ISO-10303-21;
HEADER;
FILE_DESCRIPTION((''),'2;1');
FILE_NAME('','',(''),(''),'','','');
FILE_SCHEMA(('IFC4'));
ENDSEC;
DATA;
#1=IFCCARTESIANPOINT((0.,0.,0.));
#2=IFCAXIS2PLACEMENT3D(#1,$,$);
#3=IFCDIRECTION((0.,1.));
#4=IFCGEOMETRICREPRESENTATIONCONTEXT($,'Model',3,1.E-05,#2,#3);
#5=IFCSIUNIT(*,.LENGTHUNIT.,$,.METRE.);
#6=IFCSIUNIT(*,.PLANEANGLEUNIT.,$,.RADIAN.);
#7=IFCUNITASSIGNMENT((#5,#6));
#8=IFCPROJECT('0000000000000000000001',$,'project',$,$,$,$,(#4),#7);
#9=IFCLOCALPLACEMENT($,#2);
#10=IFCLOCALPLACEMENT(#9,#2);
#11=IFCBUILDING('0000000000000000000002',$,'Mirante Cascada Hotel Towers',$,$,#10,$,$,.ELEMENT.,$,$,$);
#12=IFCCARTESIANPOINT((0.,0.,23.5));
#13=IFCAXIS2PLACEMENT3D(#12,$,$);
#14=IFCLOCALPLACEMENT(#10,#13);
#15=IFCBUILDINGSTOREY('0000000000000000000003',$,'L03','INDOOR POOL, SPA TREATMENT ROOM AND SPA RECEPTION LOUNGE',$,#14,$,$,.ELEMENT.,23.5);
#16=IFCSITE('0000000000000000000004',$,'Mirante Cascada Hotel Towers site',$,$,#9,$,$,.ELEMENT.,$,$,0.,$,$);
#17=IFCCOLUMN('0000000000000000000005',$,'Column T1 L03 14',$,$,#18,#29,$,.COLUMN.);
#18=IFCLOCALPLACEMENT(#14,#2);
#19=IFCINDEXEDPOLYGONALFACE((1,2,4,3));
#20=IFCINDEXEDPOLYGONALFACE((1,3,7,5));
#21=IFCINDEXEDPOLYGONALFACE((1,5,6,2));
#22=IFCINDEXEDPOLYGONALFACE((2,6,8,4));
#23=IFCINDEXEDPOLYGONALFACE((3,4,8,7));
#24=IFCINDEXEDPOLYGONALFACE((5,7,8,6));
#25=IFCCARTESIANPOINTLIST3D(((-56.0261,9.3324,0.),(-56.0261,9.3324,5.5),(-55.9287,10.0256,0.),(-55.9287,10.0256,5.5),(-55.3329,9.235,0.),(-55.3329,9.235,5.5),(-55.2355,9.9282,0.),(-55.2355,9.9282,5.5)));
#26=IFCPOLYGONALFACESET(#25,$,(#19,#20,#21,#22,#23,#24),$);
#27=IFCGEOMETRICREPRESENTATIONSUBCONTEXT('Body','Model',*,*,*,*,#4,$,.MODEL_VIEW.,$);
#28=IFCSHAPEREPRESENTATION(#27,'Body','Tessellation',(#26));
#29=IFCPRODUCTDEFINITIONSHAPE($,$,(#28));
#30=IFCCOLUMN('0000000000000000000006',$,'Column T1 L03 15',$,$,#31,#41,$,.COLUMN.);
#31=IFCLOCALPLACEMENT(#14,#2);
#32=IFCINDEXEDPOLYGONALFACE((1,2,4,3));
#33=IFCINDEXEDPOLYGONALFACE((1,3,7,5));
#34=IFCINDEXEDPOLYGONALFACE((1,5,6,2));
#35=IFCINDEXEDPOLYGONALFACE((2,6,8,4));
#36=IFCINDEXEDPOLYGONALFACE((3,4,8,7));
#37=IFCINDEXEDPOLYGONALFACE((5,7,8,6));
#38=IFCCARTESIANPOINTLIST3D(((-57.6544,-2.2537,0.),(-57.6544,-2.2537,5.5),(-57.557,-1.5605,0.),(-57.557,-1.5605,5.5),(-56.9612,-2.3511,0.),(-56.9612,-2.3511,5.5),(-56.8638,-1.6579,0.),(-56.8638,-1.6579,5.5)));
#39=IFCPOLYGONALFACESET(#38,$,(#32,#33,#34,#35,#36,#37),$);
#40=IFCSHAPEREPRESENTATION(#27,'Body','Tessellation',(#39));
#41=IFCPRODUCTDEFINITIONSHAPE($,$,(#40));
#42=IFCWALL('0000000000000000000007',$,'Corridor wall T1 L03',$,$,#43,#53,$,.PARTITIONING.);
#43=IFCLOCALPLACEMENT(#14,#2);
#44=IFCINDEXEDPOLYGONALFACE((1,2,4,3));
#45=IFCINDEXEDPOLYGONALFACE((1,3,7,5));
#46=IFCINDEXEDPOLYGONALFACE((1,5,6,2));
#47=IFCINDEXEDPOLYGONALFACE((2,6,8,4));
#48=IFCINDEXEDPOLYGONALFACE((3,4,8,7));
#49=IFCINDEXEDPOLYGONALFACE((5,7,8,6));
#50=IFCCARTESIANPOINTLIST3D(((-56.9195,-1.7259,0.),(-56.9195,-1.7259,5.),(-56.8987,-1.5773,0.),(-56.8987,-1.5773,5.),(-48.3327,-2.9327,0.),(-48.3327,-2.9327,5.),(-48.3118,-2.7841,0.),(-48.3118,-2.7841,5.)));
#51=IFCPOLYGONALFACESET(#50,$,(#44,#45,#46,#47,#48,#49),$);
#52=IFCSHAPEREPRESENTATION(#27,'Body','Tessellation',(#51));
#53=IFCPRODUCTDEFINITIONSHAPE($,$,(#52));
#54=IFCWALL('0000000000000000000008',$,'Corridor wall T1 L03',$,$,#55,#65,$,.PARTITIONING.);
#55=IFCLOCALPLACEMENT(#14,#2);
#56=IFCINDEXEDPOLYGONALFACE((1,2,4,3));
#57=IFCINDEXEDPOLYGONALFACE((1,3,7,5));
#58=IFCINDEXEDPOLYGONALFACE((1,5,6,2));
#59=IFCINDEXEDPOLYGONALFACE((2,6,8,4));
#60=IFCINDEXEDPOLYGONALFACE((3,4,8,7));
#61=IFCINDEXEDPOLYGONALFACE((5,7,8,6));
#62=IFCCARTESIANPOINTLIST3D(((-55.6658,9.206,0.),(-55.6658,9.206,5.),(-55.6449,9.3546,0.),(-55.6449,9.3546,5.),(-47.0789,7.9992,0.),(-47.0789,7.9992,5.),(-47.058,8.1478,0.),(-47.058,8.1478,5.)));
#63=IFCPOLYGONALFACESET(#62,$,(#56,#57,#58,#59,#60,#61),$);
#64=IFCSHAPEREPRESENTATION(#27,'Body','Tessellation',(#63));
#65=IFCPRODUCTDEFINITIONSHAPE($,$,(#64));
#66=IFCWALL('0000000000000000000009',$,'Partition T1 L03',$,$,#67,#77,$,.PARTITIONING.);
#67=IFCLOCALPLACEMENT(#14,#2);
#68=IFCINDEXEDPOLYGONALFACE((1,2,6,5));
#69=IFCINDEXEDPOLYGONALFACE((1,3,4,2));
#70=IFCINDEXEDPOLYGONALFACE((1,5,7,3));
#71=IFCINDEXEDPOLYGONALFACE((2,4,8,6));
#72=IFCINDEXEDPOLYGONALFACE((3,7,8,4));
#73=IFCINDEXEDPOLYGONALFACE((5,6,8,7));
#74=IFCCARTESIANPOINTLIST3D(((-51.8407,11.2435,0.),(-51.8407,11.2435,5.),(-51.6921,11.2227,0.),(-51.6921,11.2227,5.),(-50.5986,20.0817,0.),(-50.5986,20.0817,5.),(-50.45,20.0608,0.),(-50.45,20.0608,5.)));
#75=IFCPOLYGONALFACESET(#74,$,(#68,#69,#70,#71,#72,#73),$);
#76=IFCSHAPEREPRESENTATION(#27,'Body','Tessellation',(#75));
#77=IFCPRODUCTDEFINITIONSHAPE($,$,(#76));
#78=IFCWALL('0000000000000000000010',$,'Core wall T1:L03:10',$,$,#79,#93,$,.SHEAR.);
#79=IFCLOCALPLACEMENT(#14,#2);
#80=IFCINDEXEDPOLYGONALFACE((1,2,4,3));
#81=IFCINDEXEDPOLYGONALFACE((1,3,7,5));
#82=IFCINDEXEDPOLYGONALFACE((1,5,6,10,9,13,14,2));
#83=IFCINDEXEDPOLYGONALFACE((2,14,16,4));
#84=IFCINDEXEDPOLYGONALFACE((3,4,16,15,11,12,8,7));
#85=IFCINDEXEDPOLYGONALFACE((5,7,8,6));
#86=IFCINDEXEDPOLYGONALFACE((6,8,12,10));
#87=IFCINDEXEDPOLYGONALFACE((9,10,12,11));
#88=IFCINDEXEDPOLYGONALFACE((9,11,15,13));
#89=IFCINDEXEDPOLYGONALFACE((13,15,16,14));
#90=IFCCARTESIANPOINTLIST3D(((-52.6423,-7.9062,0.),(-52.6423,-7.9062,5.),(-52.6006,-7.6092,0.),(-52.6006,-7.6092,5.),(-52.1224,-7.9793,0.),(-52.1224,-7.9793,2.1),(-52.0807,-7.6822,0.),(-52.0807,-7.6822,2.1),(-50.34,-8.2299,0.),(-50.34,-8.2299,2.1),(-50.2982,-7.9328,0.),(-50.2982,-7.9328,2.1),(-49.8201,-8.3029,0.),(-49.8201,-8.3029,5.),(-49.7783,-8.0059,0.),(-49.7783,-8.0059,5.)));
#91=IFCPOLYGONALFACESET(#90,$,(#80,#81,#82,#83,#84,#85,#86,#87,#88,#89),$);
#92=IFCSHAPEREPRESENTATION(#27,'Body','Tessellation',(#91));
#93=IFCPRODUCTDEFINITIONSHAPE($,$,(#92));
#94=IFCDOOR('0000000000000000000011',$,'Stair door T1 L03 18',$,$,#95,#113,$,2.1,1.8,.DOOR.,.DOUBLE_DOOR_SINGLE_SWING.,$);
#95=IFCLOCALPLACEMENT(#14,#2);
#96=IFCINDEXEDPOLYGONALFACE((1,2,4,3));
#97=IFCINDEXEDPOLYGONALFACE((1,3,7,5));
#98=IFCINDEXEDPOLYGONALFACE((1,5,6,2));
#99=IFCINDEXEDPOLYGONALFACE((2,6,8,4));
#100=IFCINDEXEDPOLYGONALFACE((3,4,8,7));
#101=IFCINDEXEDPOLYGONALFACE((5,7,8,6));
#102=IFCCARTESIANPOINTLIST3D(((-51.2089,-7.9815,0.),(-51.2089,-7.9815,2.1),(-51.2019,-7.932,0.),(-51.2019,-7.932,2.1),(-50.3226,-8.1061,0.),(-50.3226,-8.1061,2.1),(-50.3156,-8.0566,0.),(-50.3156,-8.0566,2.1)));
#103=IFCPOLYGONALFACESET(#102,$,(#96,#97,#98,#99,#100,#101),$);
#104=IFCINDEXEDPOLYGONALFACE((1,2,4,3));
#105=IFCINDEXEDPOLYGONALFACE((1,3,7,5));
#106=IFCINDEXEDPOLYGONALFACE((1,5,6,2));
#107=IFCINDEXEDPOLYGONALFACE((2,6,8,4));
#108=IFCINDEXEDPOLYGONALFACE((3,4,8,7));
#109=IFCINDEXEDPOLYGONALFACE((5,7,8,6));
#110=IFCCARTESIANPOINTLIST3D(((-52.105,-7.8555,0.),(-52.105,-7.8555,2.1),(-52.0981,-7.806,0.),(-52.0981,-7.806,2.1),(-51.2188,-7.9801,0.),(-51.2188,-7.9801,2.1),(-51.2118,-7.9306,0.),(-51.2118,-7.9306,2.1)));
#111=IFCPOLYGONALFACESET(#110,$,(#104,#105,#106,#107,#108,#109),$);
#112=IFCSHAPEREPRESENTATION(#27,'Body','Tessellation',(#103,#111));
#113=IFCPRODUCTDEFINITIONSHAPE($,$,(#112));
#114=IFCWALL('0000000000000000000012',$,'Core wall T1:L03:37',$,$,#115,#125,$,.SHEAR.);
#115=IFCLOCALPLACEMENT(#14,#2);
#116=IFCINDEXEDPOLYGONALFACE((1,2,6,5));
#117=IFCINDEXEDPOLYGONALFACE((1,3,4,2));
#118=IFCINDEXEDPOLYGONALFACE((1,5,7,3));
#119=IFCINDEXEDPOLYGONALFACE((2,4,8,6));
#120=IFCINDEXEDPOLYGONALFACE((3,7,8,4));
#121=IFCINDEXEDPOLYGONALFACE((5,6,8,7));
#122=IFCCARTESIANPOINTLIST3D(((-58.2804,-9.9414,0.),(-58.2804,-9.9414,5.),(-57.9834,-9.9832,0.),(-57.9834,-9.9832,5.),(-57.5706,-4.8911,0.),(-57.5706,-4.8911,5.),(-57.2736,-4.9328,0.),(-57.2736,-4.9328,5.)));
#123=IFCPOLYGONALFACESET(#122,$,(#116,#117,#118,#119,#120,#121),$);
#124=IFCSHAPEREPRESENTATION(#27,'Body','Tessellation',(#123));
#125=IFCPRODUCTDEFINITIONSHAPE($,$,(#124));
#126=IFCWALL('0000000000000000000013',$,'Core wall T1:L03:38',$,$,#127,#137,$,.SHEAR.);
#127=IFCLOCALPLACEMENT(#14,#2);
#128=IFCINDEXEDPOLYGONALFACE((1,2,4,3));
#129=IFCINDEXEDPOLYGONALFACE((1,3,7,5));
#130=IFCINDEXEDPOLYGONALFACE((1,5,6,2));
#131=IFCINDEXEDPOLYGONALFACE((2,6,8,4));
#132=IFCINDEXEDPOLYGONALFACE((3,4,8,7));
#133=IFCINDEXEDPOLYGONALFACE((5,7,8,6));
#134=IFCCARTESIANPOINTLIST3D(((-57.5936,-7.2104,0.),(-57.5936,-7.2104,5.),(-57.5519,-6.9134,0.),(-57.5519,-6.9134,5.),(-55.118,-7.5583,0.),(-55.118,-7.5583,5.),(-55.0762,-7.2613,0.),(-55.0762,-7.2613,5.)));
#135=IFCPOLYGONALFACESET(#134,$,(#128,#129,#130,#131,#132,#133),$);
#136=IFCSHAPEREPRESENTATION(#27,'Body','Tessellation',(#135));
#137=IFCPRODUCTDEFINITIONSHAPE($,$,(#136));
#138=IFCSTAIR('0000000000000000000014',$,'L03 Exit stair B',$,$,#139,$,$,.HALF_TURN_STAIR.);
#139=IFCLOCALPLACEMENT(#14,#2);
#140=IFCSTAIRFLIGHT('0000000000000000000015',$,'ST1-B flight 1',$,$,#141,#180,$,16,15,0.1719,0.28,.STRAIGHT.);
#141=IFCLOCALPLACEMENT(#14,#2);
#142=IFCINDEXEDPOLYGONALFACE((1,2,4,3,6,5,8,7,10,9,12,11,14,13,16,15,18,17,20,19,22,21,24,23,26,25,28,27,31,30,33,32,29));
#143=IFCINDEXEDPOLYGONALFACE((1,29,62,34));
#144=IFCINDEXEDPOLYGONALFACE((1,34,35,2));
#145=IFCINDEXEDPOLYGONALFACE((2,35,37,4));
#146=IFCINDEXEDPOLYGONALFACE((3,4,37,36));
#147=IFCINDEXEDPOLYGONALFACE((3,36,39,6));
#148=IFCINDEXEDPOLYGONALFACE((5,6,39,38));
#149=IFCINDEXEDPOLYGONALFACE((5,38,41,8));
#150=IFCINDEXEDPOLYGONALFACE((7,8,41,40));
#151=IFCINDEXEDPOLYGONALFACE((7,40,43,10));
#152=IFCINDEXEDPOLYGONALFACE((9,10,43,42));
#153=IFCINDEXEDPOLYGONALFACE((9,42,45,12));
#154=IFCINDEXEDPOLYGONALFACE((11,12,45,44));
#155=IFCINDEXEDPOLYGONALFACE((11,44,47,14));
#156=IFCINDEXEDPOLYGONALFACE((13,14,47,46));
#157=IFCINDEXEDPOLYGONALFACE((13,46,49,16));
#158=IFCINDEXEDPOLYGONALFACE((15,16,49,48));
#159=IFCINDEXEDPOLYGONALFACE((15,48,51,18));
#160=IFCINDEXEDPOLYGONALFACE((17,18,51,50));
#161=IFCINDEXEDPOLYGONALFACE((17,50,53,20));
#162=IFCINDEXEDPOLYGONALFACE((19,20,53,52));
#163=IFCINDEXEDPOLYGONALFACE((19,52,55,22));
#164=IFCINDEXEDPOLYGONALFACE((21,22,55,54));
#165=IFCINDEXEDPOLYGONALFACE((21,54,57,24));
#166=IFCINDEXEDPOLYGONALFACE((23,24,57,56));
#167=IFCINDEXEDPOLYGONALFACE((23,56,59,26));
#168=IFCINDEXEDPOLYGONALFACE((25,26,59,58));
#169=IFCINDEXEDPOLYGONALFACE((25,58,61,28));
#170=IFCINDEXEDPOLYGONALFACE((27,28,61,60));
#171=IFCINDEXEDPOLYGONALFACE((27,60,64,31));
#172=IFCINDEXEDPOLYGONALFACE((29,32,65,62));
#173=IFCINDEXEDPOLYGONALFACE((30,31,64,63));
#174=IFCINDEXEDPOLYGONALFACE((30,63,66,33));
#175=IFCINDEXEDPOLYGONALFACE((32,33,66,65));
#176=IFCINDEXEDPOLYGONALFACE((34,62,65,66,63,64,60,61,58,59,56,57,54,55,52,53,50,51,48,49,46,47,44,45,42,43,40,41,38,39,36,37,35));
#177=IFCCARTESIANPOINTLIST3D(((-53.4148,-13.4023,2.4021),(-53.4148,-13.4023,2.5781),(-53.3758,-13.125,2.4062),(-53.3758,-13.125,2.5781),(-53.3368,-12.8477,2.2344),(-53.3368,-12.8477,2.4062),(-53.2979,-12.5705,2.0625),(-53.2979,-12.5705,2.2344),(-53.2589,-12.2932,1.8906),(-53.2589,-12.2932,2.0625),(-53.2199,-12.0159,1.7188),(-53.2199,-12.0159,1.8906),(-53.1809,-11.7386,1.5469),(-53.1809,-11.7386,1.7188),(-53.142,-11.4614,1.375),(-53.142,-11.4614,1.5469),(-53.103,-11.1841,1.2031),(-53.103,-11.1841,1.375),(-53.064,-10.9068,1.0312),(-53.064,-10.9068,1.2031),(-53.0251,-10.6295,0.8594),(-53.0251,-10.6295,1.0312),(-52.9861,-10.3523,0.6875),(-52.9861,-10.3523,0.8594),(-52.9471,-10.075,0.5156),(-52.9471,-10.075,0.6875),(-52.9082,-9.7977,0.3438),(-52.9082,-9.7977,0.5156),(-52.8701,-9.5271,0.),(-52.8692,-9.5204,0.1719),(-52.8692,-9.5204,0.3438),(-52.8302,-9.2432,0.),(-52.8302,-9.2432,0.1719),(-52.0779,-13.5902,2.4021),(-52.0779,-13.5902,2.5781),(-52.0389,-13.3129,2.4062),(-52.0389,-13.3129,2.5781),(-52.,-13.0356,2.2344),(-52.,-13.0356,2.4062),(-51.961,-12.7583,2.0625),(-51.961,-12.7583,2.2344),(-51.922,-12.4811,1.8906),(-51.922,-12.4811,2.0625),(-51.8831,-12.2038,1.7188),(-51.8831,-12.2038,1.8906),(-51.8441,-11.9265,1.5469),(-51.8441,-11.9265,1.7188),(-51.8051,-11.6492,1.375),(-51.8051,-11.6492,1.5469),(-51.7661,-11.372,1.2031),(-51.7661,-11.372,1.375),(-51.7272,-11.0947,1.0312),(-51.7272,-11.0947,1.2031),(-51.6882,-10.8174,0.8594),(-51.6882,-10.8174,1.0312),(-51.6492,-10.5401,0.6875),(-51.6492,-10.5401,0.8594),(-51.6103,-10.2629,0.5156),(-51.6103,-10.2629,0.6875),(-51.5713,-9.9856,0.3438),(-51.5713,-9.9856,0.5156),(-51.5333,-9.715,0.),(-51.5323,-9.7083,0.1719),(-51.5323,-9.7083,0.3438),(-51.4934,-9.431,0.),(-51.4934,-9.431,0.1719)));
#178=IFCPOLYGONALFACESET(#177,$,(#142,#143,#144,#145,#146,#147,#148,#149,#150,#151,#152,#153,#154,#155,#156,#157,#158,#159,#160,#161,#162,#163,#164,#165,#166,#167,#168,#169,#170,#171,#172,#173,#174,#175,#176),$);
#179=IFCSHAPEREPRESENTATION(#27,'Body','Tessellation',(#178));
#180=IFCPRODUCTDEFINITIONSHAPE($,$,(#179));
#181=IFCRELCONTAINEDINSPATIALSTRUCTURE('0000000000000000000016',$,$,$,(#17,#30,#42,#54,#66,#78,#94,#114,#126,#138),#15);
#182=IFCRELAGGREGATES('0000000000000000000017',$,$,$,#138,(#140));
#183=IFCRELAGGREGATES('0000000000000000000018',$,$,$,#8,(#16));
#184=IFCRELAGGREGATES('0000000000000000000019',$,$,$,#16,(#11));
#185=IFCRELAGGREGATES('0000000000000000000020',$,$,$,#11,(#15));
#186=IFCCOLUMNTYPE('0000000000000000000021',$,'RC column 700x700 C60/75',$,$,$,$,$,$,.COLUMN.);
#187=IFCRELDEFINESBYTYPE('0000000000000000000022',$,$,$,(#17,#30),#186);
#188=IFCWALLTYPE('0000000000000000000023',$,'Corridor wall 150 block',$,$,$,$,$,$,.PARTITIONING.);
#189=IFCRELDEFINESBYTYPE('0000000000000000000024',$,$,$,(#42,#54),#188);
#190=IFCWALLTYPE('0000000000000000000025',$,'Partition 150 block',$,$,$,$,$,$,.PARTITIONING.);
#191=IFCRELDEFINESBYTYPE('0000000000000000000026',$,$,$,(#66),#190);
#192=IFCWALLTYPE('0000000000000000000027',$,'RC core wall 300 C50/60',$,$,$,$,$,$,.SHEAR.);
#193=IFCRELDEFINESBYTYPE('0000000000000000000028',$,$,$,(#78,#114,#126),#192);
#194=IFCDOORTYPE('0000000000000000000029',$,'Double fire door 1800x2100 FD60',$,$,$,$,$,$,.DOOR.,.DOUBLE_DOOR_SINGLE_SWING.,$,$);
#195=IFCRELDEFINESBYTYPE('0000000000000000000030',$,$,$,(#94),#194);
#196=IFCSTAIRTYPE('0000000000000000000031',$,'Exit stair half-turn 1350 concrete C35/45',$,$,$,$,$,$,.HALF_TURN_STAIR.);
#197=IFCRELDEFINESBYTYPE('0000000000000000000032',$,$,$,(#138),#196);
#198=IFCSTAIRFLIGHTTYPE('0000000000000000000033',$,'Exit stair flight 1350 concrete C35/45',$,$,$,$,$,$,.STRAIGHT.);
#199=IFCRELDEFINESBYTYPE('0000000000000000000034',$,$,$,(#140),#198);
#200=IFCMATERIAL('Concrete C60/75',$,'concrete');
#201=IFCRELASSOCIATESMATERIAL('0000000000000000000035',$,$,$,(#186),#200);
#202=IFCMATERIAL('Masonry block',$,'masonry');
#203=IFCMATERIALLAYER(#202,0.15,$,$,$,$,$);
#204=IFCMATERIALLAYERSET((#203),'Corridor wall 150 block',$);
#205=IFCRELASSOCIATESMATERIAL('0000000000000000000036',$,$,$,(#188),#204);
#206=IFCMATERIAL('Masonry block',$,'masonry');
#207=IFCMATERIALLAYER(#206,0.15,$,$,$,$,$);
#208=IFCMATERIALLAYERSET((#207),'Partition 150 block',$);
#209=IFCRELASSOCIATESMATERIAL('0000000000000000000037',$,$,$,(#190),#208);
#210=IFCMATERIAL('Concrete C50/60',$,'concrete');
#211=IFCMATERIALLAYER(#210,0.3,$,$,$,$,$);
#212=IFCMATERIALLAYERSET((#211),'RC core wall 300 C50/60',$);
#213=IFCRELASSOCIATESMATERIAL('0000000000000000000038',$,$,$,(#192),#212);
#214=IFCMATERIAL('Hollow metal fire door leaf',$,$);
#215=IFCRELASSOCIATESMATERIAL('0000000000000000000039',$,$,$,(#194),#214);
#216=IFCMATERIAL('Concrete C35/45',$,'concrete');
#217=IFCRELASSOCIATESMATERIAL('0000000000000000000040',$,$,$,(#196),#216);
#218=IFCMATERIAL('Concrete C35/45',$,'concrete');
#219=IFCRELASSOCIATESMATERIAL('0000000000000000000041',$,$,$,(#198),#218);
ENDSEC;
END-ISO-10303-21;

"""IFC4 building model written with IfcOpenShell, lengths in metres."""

from ifc_helpers import new_model, si_unit, direction, frame, frame_2d, origin, origin_2d, place, context, subcontext, project, spatial, polyline, rectangle, outline, extrude, material, layer, layer_set, material_profile, profile_set, type_object, element, fill, aggregate, save


model = new_model("IFC4")

# Units and contexts
model_context = context("Model", 3, precision=1e-05, world=origin(), true_north=direction((0.0, 1.0)))
body_context = subcontext(model_context, "Body", "Model", "MODEL_VIEW")
ifc_project = project(units=[si_unit("LENGTHUNIT", "METRE"), si_unit("PLANEANGLEUNIT", "RADIAN")], contexts=[model_context])

# Site, building, storey
site_placement = place(None, origin())
site = spatial("IfcSite", under=ifc_project, at=site_placement, Name="Mirante Cascada Hotel Towers site", CompositionType="ELEMENT", RefElevation=0.0)
building_placement = place(site_placement, origin())
building = spatial("IfcBuilding", under=site, at=building_placement, Name="Mirante Cascada Hotel Towers", CompositionType="ELEMENT")
storey_placement = place(building_placement, frame((0.0, 0.0, 23.5)))
storey = spatial("IfcBuildingStorey", under=building, at=storey_placement, Name="L03", Description="INDOOR POOL, SPA TREATMENT ROOM AND SPA RECEPTION LOUNGE", CompositionType="ELEMENT", Elevation=23.5)

# Columns
ifc_material_1 = material(Name="Concrete C60/75", Category="concrete")
ifc_material_profile = material_profile(ifc_material_1, rectangle(XDim=0.7, YDim=0.7, at=origin_2d()), Name="RC column 700x700 C60/75")
ifc_profile_set = profile_set([ifc_material_profile], Name="Concrete C60/75")
column_type = type_object("IfcColumnType", Name="RC column 700x700 C60/75", PredefinedType="COLUMN", material=ifc_profile_set)
for number, where, z_axis, x_axis, name in (
    (1, (-55.6308, 9.6303, 0.0), (0.0, 0.0, 1.0), (-0.990268, 0.139173, 0.0), "Column T1 L03 14"),
    (2, (-57.2591, -1.9558, 0.0), (0.0, 0.0, 1.0), (-0.990268, 0.139173, 0.0), "Column T1 L03 15"),
):
    element("IfcColumn", number, at=place(storey_placement, frame(where, z_axis=z_axis, x_axis=x_axis)), inside=storey, type_object=column_type, Name=name, PredefinedType="COLUMN", context=body_context, shape_type="SweptSolid", body=[
        extrude(rectangle(XDim=0.7, YDim=0.7, at=origin_2d()), origin(), (0.0, 0.0, 1.0), 5.5),
    ])

# Walls
ifc_material_2 = material(Name="Masonry block", Category="masonry")
ifc_layer_1 = layer(ifc_material_2, 0.15)
ifc_layer_set_1 = layer_set([ifc_layer_1], Name="Corridor wall 150 block")
wall_type_1 = type_object("IfcWallType", Name="Corridor wall 150 block", PredefinedType="PARTITIONING", material=ifc_layer_set_1)
wall_1_placement = place(storey_placement, frame((-56.9091, -1.6516, 0.0), z_axis=(0.0, 0.0, 1.0), x_axis=(0.990268, -0.139174, 0.0)))
element("IfcWall", 3, at=wall_1_placement, inside=storey, type_object=wall_type_1, Name="Corridor wall T1 L03", PredefinedType="PARTITIONING", context=body_context, shape_type="SweptSolid", body=[
    extrude(rectangle(XDim=8.6712, YDim=0.15, at=frame_2d((4.3356, 0.0))), origin(), (0.0, 0.0, 1.0), 5.0),
])
wall_2_placement = place(storey_placement, frame((-55.6553, 9.2803, 0.0), z_axis=(0.0, 0.0, 1.0), x_axis=(0.990268, -0.139172, 0.0)))
element("IfcWall", 4, at=wall_2_placement, inside=storey, type_object=wall_type_1, Name="Corridor wall T1 L03", PredefinedType="PARTITIONING", context=body_context, shape_type="SweptSolid", body=[
    extrude(rectangle(XDim=8.6713, YDim=0.15, at=frame_2d((4.3356, 0.0))), origin(), (0.0, 0.0, 1.0), 5.0),
])
ifc_material_3 = material(Name="Masonry block", Category="masonry")
ifc_layer_2 = layer(ifc_material_3, 0.15)
ifc_layer_set_2 = layer_set([ifc_layer_2], Name="Partition 150 block")
wall_type_2 = type_object("IfcWallType", Name="Partition 150 block", PredefinedType="PARTITIONING", material=ifc_layer_set_2)
wall_3_placement = place(storey_placement, frame((-51.7664, 11.2331, 0.0), z_axis=(0.0, 0.0, 1.0), x_axis=(0.139172, 0.990268, 0.0)))
element("IfcWall", 5, at=wall_3_placement, inside=storey, type_object=wall_type_2, Name="Partition T1 L03", PredefinedType="PARTITIONING", context=body_context, shape_type="SweptSolid", body=[
    extrude(rectangle(XDim=8.925, YDim=0.15, at=frame_2d((4.4625, 0.0))), origin(), (0.0, 0.0, 1.0), 5.0),
])

# Wall, opening, door
ifc_material_4 = material(Name="Concrete C50/60", Category="concrete")
ifc_layer_3 = layer(ifc_material_4, 0.3)
ifc_layer_set_3 = layer_set([ifc_layer_3], Name="RC core wall 300 C50/60")
wall_type_3 = type_object("IfcWallType", Name="RC core wall 300 C50/60", PredefinedType="SHEAR", material=ifc_layer_set_3)
wall_4_placement = place(storey_placement, frame((-49.7992, -8.1544, 0.0), z_axis=(0.0, 0.0, 1.0), x_axis=(-0.990266, 0.139191, 0.0)))
wall_4 = element("IfcWall", 6, at=wall_4_placement, inside=storey, type_object=wall_type_3, Name="Core wall T1:L03:10", PredefinedType="SHEAR", context=body_context, shape_type="SweptSolid", body=[
    extrude(rectangle(XDim=2.85, YDim=0.3, at=frame_2d((1.425, 0.0))), origin(), (0.0, 0.0, 1.0), 5.0),
])
opening_placement = place(wall_4_placement, frame((0.525, 0.0, 0.0)))
opening = element("IfcOpeningElement", 7, at=opening_placement, cuts=wall_4, PredefinedType="OPENING", context=body_context, shape_type="SweptSolid", body=[
    extrude(rectangle(XDim=1.8, YDim=2.1, at=frame_2d((0.9, 1.05))), frame((0.0, 0.15, 0.0), z_axis=(0.0, -1.0, 0.0), x_axis=(1.0, 0.0, 0.0)), (0.0, 0.0, 1.0), 0.3),
])
ifc_material_5 = material(Name="Hollow metal fire door leaf")
door_type = type_object("IfcDoorType", Name="Double fire door 1800x2100 FD60", OperationType="DOUBLE_DOOR_SINGLE_SWING", PredefinedType="DOOR", material=ifc_material_5)
door_placement = place(opening_placement, origin())
door = element("IfcDoor", 8, at=door_placement, inside=storey, type_object=door_type, Name="Stair door T1 L03 18", OperationType="DOUBLE_DOOR_SINGLE_SWING", OverallHeight=2.1, OverallWidth=1.8, PredefinedType="DOOR", context=body_context, shape_type="SweptSolid", body=[
    extrude(rectangle(XDim=0.895, YDim=2.1, at=frame_2d((0.4475, 1.05))), frame((0.0, 0.025, 0.0), z_axis=(0.0, -1.0, 0.0), x_axis=(1.0, 0.0, 0.0)), (0.0, 0.0, 1.0), 0.05),
    extrude(rectangle(XDim=0.895, YDim=2.1, at=frame_2d((1.3525, 1.05))), frame((0.0, 0.025, 0.0), z_axis=(0.0, -1.0, 0.0), x_axis=(1.0, 0.0, 0.0)), (0.0, 0.0, 1.0), 0.05),
])
fill(opening, door)

# Walls
wall_5_placement = place(storey_placement, frame((-58.1319, -9.9623, 0.0), z_axis=(0.0, 0.0, 1.0), x_axis=(0.139176, 0.990268, 0.0)))
element("IfcWall", 9, at=wall_5_placement, inside=storey, type_object=wall_type_3, Name="Core wall T1:L03:37", PredefinedType="SHEAR", context=body_context, shape_type="SweptSolid", body=[
    extrude(rectangle(XDim=5.1, YDim=0.3, at=frame_2d((2.55, 0.0))), origin(), (0.0, 0.0, 1.0), 5.0),
])
wall_6_placement = place(storey_placement, frame((-55.0971, -7.4098, 0.0), z_axis=(0.0, 0.0, 1.0), x_axis=(-0.99027, 0.139159, 0.0)))
element("IfcWall", 10, at=wall_6_placement, inside=storey, type_object=wall_type_3, Name="Core wall T1:L03:38", PredefinedType="SHEAR", context=body_context, shape_type="SweptSolid", body=[
    extrude(rectangle(XDim=2.5, YDim=0.3, at=frame_2d((1.25, 0.0))), origin(), (0.0, 0.0, 1.0), 5.0),
])

# Stair, stair flight
ifc_material_6 = material(Name="Concrete C35/45", Category="concrete")
stair_type = type_object("IfcStairType", Name="Exit stair half-turn 1350 concrete C35/45", PredefinedType="HALF_TURN_STAIR", material=ifc_material_6)
stair_placement = place(storey_placement, origin())
stair = element("IfcStair", 11, at=stair_placement, inside=storey, type_object=stair_type, Name="L03 Exit stair B", PredefinedType="HALF_TURN_STAIR")
ifc_material_7 = material(Name="Concrete C35/45", Category="concrete")
stair_flight_type = type_object("IfcStairFlightType", Name="Exit stair flight 1350 concrete C35/45", PredefinedType="STRAIGHT", material=ifc_material_7)
stair_flight_placement = place(storey_placement, frame((-52.1618, -9.3371, 0.0), z_axis=(0.0, 0.0, 1.0), x_axis=(-0.139173, -0.990268, 0.0)))
stair_flight = element("IfcStairFlight", 12, at=stair_flight_placement, type_object=stair_flight_type, Name="ST1-B flight 1", NumberOfRisers=16, NumberOfTreads=15, PredefinedType="STRAIGHT", RiserHeight=0.1719, TreadLength=0.28, context=body_context, shape_type="SweptSolid", body=[
    extrude(outline(polyline([(0.0, 0.0), (0.0, 0.1719), (0.28, 0.1719), (0.28, 0.3438), (0.56, 0.3438), (0.56, 0.5156), (0.84, 0.5156), (0.84, 0.6875), (1.12, 0.6875), (1.12, 0.8594), (1.4, 0.8594), (1.4, 1.0312), (1.68, 1.0312), (1.68, 1.2031), (1.96, 1.2031), (1.96, 1.375), (2.24, 1.375), (2.24, 1.5469), (2.52, 1.5469), (2.52, 1.7188), (2.8, 1.7188), (2.8, 1.8906), (3.08, 1.8906), (3.08, 2.0625), (3.36, 2.0625), (3.36, 2.2344), (3.64, 2.2344), (3.64, 2.4062), (3.92, 2.4062), (3.92, 2.5781), (4.2, 2.5781), (4.2, 2.75), (4.2, 2.4021), (0.2867, 0.0), (0.0, 0.0)])), frame((0.0, 0.675, 0.0), z_axis=(0.0, -1.0, 0.0), x_axis=(1.0, 0.0, 0.0)), (0.0, 0.0, 1.0), 1.35),
])
aggregate(stair, [stair_flight])

save(model, "model.ifc")
